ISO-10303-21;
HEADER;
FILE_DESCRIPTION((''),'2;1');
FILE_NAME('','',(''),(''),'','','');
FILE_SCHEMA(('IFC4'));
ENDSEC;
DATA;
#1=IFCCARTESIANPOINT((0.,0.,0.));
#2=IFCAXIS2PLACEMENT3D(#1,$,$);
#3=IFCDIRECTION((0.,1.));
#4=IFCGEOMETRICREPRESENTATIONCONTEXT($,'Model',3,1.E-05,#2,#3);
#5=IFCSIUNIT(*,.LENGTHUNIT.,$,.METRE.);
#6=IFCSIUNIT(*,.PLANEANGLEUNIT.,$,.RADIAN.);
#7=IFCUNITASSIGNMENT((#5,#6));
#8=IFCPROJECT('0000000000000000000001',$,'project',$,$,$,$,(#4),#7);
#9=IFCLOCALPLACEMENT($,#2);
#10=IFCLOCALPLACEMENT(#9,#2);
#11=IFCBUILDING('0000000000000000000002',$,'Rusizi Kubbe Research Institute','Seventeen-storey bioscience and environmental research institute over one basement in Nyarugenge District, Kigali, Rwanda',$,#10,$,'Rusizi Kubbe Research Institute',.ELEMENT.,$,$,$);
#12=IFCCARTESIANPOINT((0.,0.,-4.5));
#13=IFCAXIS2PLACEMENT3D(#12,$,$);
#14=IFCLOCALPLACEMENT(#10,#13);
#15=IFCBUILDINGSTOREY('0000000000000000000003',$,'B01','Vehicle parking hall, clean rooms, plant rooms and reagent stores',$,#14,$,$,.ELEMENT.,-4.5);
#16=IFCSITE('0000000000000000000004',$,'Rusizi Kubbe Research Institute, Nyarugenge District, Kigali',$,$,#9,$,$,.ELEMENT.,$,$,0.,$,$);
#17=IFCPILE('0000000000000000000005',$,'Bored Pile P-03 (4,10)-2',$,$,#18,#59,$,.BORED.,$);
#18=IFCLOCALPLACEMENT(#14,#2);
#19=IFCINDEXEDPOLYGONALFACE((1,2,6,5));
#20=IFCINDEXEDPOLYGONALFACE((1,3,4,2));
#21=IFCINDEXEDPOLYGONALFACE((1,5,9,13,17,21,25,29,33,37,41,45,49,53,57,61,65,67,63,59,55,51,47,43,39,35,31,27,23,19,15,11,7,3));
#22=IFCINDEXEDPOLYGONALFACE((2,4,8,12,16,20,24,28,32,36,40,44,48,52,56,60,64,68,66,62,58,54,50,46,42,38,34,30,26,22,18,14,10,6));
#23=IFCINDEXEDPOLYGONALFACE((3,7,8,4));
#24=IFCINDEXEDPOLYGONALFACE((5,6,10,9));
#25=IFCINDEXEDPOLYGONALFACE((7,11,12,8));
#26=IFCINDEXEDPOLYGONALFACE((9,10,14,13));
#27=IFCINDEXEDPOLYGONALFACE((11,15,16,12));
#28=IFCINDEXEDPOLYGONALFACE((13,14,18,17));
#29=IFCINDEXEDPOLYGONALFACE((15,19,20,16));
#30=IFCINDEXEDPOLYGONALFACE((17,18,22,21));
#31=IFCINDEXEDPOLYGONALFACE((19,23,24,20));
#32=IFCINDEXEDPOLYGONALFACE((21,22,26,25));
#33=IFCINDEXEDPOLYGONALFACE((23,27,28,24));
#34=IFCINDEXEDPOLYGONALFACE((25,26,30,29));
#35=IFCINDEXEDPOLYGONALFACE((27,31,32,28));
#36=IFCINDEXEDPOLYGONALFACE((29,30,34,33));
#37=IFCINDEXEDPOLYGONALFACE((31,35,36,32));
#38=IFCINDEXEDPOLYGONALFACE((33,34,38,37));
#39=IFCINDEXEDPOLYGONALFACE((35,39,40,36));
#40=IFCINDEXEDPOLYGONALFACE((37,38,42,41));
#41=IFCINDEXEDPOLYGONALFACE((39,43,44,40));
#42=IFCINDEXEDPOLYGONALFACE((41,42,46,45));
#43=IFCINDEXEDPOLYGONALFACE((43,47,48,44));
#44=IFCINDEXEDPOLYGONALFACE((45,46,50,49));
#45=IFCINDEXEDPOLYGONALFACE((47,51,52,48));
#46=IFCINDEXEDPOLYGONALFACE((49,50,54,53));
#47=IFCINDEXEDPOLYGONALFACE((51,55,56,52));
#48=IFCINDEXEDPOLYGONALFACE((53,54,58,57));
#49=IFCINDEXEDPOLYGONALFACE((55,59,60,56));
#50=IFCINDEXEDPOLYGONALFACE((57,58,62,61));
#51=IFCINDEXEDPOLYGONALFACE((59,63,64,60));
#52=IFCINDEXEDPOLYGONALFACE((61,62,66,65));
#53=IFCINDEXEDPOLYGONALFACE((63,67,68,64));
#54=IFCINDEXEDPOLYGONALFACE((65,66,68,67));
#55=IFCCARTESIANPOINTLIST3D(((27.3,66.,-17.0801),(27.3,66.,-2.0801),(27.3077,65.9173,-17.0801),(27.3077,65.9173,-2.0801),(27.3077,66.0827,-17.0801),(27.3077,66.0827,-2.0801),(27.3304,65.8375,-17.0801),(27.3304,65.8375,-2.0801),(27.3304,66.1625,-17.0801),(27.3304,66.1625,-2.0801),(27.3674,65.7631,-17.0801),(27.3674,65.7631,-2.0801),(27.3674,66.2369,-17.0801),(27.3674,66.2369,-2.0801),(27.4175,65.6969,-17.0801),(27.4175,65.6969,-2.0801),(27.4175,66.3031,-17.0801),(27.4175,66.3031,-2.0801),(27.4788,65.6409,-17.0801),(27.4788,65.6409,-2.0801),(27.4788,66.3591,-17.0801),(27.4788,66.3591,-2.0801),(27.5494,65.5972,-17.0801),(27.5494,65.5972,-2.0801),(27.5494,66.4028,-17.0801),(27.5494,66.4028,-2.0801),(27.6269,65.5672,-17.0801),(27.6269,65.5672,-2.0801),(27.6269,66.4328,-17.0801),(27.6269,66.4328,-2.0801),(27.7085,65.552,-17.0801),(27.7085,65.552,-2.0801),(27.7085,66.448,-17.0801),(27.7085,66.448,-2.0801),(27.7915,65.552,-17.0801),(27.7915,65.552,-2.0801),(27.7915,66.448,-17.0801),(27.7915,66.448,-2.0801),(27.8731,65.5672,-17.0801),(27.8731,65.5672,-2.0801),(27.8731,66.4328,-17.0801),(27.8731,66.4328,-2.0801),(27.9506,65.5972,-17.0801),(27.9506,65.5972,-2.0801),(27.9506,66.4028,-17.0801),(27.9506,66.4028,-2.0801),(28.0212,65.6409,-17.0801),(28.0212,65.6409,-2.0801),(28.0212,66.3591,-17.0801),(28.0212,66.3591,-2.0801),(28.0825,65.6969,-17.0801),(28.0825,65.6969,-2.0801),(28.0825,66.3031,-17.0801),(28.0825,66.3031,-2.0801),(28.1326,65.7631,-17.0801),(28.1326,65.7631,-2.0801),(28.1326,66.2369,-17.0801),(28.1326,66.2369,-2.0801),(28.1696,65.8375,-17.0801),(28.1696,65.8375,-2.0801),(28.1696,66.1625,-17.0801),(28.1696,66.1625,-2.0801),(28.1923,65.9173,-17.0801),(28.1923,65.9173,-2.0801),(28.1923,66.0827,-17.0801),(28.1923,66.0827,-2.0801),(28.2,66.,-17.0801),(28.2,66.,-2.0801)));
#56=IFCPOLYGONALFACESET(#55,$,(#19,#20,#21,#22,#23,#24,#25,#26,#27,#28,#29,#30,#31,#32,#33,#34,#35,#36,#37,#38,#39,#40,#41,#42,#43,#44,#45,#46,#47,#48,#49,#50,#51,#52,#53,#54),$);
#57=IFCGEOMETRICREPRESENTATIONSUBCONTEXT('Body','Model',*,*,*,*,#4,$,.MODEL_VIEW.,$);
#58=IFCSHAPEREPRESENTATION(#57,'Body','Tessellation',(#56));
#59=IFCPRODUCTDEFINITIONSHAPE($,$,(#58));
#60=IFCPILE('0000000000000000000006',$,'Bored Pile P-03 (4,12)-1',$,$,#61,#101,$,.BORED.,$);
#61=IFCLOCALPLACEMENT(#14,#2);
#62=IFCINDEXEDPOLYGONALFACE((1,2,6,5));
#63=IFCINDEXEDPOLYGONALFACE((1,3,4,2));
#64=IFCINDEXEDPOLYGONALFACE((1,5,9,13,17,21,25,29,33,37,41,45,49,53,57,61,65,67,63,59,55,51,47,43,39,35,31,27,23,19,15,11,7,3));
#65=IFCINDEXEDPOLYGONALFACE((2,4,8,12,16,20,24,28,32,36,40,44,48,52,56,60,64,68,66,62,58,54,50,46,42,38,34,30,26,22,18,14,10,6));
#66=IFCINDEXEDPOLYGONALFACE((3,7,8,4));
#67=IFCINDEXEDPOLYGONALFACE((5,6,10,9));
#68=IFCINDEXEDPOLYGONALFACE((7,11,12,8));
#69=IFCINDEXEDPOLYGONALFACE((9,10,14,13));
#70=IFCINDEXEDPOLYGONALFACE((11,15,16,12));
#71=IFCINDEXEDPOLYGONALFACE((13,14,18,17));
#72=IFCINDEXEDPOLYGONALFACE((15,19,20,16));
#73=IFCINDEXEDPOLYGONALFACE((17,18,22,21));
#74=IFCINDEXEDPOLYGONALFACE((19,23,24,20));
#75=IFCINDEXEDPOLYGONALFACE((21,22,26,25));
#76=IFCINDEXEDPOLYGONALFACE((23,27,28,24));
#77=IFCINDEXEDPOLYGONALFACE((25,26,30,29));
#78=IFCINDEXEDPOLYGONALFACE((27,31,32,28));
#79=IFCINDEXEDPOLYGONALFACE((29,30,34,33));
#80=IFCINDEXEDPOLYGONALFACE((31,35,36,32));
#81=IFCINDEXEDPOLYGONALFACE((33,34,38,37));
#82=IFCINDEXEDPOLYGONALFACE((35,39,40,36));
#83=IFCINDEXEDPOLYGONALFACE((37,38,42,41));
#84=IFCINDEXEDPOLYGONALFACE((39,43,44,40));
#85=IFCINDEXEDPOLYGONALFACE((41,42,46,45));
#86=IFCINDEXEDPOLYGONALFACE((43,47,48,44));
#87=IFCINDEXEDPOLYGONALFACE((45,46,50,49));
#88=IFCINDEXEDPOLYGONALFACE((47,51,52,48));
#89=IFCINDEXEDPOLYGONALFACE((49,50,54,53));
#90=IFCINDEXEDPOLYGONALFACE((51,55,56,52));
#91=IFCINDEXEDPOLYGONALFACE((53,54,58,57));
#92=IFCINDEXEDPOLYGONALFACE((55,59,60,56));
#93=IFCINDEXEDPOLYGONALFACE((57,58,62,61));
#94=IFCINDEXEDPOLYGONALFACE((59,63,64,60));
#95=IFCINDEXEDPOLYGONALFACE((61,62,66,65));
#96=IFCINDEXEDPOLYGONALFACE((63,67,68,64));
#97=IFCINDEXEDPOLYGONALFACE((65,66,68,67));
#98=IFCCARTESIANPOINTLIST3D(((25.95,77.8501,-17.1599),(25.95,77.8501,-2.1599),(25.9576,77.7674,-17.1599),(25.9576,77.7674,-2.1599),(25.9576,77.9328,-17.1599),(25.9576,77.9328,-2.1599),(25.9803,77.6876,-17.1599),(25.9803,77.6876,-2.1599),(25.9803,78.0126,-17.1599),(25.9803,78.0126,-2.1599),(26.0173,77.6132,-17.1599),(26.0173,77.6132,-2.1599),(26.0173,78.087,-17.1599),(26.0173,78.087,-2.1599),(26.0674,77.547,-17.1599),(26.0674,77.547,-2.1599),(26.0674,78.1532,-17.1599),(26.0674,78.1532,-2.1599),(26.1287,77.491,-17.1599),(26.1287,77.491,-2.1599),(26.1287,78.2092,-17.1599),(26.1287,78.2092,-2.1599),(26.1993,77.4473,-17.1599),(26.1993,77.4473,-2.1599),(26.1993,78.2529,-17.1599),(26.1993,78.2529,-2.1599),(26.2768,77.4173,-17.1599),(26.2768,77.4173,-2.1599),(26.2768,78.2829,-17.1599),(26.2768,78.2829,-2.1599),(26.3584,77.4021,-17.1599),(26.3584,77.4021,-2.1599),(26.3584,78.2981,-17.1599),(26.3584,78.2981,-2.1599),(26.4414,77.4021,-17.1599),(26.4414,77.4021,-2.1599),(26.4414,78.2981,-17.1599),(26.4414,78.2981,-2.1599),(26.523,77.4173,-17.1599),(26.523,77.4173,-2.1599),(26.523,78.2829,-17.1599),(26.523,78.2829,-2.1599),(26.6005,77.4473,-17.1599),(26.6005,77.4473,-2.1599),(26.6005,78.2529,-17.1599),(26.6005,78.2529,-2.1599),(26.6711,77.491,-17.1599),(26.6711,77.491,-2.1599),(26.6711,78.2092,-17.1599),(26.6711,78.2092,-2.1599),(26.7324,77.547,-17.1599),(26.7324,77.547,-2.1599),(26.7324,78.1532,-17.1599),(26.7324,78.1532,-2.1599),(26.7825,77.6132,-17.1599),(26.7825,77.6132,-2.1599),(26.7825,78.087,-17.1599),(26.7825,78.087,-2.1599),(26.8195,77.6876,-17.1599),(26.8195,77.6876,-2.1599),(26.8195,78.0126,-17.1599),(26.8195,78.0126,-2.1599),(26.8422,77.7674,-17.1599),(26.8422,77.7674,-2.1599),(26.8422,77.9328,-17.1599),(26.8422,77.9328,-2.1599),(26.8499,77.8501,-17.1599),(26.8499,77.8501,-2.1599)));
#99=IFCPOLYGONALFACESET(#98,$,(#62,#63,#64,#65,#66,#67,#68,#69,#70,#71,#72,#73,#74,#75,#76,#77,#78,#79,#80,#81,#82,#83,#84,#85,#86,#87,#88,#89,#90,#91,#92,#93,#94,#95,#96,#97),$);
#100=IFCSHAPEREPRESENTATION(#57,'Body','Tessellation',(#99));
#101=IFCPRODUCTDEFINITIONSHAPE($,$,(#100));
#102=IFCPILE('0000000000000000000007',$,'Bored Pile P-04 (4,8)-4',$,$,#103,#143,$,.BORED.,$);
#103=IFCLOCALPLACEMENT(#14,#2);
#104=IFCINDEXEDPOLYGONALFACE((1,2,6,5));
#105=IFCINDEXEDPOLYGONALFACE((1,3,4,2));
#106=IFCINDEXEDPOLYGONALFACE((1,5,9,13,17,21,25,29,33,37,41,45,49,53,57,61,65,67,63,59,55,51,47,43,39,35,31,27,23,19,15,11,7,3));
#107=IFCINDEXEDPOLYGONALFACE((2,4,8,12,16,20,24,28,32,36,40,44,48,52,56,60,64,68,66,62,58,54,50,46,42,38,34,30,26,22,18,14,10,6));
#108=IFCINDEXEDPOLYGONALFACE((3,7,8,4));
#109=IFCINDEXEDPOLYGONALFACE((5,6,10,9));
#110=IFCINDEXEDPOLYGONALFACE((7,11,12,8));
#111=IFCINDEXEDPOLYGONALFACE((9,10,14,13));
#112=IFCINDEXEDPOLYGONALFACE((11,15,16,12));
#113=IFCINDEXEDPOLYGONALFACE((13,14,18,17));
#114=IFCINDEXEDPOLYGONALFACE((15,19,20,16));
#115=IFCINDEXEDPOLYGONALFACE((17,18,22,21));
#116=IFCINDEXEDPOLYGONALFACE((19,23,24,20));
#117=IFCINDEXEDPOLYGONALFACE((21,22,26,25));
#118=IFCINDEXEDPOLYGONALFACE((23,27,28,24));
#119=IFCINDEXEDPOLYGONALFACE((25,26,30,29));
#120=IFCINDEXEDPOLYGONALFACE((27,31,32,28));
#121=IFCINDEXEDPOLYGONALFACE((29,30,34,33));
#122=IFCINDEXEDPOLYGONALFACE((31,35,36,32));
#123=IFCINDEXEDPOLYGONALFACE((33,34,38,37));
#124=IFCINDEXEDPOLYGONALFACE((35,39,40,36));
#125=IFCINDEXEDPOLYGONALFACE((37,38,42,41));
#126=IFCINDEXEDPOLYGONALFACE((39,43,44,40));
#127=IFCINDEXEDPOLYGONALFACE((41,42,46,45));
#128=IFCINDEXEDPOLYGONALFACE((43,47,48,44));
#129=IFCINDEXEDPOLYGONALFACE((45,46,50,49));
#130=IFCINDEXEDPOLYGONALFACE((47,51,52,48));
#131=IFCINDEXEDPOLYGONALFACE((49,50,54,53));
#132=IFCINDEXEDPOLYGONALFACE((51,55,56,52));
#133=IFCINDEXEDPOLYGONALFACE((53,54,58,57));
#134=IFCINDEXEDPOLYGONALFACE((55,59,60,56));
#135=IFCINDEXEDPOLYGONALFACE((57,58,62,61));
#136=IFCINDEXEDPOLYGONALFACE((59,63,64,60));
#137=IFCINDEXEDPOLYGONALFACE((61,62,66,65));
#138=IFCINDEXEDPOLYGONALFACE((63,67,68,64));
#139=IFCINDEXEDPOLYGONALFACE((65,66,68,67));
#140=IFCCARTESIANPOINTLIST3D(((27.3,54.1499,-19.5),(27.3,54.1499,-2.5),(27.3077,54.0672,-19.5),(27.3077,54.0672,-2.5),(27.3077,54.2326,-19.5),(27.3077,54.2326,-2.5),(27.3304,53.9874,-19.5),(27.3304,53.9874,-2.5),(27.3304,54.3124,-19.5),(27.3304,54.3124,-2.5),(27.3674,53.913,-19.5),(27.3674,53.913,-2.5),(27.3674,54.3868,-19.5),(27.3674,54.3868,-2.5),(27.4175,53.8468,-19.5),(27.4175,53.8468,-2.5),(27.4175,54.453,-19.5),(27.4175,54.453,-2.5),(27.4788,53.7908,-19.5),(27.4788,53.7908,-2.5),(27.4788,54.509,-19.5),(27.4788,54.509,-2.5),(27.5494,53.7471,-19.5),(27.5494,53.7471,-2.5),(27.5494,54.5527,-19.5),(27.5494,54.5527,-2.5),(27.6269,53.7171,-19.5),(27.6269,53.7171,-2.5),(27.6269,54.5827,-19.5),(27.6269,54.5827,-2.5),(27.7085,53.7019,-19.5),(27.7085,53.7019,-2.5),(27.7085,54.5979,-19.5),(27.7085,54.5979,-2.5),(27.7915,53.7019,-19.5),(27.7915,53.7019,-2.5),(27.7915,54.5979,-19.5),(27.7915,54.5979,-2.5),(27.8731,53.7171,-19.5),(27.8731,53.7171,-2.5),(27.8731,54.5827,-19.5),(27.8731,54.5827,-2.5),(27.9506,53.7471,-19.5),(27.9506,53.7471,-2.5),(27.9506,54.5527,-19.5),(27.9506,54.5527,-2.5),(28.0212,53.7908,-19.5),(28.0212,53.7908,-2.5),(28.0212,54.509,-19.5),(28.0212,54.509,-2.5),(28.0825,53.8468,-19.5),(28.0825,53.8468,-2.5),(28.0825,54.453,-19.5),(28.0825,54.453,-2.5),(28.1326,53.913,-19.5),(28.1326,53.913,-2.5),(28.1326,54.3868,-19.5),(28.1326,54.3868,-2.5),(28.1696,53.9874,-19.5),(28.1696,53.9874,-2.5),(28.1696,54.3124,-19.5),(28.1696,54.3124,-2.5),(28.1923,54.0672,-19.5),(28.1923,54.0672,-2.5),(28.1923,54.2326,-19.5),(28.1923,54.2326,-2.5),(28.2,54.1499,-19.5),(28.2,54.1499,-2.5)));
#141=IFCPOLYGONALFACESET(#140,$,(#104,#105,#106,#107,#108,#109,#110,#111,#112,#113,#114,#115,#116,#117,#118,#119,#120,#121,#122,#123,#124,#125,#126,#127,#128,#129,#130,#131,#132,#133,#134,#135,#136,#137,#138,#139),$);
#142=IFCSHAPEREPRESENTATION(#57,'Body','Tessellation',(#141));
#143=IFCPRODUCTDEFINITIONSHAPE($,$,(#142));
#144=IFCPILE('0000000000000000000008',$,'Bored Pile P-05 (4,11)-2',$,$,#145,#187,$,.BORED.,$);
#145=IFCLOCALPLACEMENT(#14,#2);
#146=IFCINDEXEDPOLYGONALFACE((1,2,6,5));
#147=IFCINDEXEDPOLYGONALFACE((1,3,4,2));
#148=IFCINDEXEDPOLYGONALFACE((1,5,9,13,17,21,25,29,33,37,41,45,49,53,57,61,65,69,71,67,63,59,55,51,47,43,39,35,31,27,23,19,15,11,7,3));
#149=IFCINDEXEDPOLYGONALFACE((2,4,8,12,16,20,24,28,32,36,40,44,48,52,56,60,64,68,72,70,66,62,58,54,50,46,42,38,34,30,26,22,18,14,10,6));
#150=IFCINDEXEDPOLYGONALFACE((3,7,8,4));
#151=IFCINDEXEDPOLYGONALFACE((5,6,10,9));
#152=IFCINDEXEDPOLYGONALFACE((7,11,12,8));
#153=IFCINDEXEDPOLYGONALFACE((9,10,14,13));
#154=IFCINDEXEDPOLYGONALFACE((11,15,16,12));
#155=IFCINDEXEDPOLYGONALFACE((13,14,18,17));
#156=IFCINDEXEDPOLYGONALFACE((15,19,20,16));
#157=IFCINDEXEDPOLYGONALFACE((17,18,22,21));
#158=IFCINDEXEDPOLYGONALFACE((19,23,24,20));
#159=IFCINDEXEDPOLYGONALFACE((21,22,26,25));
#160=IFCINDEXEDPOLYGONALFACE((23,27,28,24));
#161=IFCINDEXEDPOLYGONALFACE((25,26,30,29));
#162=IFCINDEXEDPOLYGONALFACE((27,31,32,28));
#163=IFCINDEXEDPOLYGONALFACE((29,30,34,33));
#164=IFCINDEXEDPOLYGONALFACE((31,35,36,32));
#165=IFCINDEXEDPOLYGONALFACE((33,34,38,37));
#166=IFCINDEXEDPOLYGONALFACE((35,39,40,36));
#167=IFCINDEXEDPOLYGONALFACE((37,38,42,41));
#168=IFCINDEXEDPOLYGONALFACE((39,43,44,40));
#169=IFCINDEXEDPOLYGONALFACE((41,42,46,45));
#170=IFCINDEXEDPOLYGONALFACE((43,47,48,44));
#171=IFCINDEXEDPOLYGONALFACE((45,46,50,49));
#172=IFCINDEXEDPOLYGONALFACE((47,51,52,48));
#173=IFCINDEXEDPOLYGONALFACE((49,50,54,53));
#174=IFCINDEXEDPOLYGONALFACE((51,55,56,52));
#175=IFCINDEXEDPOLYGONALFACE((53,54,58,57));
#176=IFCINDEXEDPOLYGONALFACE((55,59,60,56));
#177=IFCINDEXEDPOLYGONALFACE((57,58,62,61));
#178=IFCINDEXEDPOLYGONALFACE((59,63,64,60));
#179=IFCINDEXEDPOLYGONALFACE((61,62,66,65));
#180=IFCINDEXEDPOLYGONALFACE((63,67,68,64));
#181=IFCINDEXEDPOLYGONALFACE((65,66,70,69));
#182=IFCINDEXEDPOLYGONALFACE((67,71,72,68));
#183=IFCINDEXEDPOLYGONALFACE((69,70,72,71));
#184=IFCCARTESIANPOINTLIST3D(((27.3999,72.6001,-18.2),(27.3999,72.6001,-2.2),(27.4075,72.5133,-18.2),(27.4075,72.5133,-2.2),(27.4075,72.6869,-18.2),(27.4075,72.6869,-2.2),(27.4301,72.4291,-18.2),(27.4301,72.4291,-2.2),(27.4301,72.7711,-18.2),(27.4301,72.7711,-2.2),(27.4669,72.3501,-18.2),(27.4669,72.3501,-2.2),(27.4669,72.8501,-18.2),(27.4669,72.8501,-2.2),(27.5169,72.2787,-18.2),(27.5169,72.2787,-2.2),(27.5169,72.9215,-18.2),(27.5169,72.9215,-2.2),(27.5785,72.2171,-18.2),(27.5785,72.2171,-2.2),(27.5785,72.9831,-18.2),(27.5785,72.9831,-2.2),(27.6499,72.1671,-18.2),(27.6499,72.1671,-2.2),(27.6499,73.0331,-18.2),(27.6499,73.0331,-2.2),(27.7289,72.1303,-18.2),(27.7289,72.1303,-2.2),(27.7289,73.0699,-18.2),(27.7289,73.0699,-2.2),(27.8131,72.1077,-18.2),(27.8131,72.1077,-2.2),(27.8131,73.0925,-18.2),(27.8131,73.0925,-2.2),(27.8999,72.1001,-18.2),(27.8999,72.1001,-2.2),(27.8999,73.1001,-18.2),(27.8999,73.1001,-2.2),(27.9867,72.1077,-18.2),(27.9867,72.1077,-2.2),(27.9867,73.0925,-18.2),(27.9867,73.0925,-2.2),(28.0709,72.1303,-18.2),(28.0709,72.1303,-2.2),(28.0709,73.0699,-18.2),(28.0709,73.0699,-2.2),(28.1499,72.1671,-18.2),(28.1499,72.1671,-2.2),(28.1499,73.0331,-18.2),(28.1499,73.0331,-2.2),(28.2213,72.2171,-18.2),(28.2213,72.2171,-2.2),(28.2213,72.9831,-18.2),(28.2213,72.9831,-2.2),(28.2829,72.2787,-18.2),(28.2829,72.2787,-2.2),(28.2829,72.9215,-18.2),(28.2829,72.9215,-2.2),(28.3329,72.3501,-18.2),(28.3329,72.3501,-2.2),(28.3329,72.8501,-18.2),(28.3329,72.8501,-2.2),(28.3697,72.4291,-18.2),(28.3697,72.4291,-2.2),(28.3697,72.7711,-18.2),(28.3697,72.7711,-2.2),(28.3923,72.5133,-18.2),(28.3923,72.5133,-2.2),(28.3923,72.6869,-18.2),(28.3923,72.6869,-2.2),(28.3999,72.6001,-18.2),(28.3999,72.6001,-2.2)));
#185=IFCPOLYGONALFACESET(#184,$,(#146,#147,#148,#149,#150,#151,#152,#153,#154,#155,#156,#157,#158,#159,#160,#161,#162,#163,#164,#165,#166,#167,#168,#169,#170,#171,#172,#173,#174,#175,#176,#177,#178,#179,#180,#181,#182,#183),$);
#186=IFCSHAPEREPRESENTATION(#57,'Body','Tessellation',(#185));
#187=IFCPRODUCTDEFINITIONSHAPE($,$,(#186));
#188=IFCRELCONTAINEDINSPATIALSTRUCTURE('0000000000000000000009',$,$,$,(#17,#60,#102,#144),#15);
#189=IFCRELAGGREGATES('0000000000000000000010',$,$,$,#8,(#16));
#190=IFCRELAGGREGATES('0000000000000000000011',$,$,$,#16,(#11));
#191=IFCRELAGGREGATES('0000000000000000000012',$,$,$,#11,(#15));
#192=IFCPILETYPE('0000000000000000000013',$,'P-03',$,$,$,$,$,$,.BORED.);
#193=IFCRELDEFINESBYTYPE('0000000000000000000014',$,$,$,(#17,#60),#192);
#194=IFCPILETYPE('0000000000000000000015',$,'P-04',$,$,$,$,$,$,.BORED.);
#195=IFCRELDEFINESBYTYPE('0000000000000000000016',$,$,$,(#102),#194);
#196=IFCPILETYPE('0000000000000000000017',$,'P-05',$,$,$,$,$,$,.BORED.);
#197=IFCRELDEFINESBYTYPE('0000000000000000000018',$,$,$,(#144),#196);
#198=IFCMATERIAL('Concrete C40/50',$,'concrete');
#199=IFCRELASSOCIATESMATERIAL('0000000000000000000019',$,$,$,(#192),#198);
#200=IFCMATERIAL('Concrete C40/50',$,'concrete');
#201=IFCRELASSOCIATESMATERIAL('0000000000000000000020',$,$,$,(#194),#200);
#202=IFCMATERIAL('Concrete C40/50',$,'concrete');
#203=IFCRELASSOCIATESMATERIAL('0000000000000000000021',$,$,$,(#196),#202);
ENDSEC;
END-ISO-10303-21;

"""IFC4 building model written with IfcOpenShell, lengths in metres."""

from ifc_helpers import new_model, si_unit, direction, frame, origin, origin_2d, place, context, subcontext, project, spatial, circle, extrude, material, material_profile, profile_set, type_object, element, save


model = new_model("IFC4")

# Units and contexts
model_context = context("Model", 3, precision=1e-05, world=origin(), true_north=direction((0.0, 1.0)))
body_context = subcontext(model_context, "Body", "Model", "MODEL_VIEW")
ifc_project = project(units=[si_unit("LENGTHUNIT", "METRE"), si_unit("PLANEANGLEUNIT", "RADIAN")], contexts=[model_context])

# Site, building, storey
site_placement = place(None, origin())
site = spatial("IfcSite", under=ifc_project, at=site_placement, Name="Rusizi Kubbe Research Institute, Nyarugenge District, Kigali", CompositionType="ELEMENT", RefElevation=0.0)
building_placement = place(site_placement, origin())
building = spatial("IfcBuilding", under=site, at=building_placement, Name="Rusizi Kubbe Research Institute", Description="Seventeen-storey bioscience and environmental research institute over one basement in Nyarugenge District, Kigali, Rwanda", LongName="Rusizi Kubbe Research Institute", CompositionType="ELEMENT")
storey_placement = place(building_placement, frame((0.0, 0.0, -4.5)))
storey = spatial("IfcBuildingStorey", under=building, at=storey_placement, Name="B01", Description="Vehicle parking hall, clean rooms, plant rooms and reagent stores", CompositionType="ELEMENT", Elevation=-4.5)

# Piles
ifc_material_1 = material(Name="Concrete C40/50", Category="concrete")
ifc_material_profile_1 = material_profile(ifc_material_1, circle(Radius=0.45, at=origin_2d()), Name="PILE-D900")
ifc_profile_set_1 = profile_set([ifc_material_profile_1], Name="Concrete C40/50")
pile_type_1 = type_object("IfcPileType", Name="P-03", PredefinedType="BORED", material=ifc_profile_set_1)
for number, where, z_axis, x_axis, name in (
    (1, (27.75, 66.0, -2.0801), (0.0, 0.0, -1.0), (1.0, 0.0, 0.0), "Bored Pile P-03 (4,10)-2"),
    (2, (26.3999, 77.8501, -2.1599), (0.0, 0.0, -1.0), (1.0, 0.0, 0.0), "Bored Pile P-03 (4,12)-1"),
):
    element("IfcPile", number, at=place(storey_placement, frame(where, z_axis=z_axis, x_axis=x_axis)), inside=storey, type_object=pile_type_1, Name=name, PredefinedType="BORED", context=body_context, shape_type="SweptSolid", body=[
        extrude(circle(Radius=0.45, at=origin_2d()), origin(), (0.0, 0.0, 1.0), 15.0),
    ])
ifc_material_2 = material(Name="Concrete C40/50", Category="concrete")
ifc_material_profile_2 = material_profile(ifc_material_2, circle(Radius=0.45, at=origin_2d()), Name="PILE-D900")
ifc_profile_set_2 = profile_set([ifc_material_profile_2], Name="Concrete C40/50")
pile_type_2 = type_object("IfcPileType", Name="P-04", PredefinedType="BORED", material=ifc_profile_set_2)
pile_1_placement = place(storey_placement, frame((27.75, 54.1499, -2.5), z_axis=(0.0, 0.0, -1.0), x_axis=(1.0, 0.0, 0.0)))
element("IfcPile", 3, at=pile_1_placement, inside=storey, type_object=pile_type_2, Name="Bored Pile P-04 (4,8)-4", PredefinedType="BORED", context=body_context, shape_type="SweptSolid", body=[
    extrude(circle(Radius=0.45, at=origin_2d()), origin(), (0.0, 0.0, 1.0), 17.0),
])
ifc_material_3 = material(Name="Concrete C40/50", Category="concrete")
ifc_material_profile_3 = material_profile(ifc_material_3, circle(Radius=0.5, at=origin_2d()), Name="PILE-D1000")
ifc_profile_set_3 = profile_set([ifc_material_profile_3], Name="Concrete C40/50")
pile_type_3 = type_object("IfcPileType", Name="P-05", PredefinedType="BORED", material=ifc_profile_set_3)
pile_2_placement = place(storey_placement, frame((27.8999, 72.6001, -2.2), z_axis=(0.0, 0.0, -1.0), x_axis=(1.0, 0.0, 0.0)))
element("IfcPile", 4, at=pile_2_placement, inside=storey, type_object=pile_type_3, Name="Bored Pile P-05 (4,11)-2", PredefinedType="BORED", context=body_context, shape_type="SweptSolid", body=[
    extrude(circle(Radius=0.5, at=origin_2d()), origin(), (0.0, 0.0, 1.0), 16.0),
])

save(model, "model.ifc")
